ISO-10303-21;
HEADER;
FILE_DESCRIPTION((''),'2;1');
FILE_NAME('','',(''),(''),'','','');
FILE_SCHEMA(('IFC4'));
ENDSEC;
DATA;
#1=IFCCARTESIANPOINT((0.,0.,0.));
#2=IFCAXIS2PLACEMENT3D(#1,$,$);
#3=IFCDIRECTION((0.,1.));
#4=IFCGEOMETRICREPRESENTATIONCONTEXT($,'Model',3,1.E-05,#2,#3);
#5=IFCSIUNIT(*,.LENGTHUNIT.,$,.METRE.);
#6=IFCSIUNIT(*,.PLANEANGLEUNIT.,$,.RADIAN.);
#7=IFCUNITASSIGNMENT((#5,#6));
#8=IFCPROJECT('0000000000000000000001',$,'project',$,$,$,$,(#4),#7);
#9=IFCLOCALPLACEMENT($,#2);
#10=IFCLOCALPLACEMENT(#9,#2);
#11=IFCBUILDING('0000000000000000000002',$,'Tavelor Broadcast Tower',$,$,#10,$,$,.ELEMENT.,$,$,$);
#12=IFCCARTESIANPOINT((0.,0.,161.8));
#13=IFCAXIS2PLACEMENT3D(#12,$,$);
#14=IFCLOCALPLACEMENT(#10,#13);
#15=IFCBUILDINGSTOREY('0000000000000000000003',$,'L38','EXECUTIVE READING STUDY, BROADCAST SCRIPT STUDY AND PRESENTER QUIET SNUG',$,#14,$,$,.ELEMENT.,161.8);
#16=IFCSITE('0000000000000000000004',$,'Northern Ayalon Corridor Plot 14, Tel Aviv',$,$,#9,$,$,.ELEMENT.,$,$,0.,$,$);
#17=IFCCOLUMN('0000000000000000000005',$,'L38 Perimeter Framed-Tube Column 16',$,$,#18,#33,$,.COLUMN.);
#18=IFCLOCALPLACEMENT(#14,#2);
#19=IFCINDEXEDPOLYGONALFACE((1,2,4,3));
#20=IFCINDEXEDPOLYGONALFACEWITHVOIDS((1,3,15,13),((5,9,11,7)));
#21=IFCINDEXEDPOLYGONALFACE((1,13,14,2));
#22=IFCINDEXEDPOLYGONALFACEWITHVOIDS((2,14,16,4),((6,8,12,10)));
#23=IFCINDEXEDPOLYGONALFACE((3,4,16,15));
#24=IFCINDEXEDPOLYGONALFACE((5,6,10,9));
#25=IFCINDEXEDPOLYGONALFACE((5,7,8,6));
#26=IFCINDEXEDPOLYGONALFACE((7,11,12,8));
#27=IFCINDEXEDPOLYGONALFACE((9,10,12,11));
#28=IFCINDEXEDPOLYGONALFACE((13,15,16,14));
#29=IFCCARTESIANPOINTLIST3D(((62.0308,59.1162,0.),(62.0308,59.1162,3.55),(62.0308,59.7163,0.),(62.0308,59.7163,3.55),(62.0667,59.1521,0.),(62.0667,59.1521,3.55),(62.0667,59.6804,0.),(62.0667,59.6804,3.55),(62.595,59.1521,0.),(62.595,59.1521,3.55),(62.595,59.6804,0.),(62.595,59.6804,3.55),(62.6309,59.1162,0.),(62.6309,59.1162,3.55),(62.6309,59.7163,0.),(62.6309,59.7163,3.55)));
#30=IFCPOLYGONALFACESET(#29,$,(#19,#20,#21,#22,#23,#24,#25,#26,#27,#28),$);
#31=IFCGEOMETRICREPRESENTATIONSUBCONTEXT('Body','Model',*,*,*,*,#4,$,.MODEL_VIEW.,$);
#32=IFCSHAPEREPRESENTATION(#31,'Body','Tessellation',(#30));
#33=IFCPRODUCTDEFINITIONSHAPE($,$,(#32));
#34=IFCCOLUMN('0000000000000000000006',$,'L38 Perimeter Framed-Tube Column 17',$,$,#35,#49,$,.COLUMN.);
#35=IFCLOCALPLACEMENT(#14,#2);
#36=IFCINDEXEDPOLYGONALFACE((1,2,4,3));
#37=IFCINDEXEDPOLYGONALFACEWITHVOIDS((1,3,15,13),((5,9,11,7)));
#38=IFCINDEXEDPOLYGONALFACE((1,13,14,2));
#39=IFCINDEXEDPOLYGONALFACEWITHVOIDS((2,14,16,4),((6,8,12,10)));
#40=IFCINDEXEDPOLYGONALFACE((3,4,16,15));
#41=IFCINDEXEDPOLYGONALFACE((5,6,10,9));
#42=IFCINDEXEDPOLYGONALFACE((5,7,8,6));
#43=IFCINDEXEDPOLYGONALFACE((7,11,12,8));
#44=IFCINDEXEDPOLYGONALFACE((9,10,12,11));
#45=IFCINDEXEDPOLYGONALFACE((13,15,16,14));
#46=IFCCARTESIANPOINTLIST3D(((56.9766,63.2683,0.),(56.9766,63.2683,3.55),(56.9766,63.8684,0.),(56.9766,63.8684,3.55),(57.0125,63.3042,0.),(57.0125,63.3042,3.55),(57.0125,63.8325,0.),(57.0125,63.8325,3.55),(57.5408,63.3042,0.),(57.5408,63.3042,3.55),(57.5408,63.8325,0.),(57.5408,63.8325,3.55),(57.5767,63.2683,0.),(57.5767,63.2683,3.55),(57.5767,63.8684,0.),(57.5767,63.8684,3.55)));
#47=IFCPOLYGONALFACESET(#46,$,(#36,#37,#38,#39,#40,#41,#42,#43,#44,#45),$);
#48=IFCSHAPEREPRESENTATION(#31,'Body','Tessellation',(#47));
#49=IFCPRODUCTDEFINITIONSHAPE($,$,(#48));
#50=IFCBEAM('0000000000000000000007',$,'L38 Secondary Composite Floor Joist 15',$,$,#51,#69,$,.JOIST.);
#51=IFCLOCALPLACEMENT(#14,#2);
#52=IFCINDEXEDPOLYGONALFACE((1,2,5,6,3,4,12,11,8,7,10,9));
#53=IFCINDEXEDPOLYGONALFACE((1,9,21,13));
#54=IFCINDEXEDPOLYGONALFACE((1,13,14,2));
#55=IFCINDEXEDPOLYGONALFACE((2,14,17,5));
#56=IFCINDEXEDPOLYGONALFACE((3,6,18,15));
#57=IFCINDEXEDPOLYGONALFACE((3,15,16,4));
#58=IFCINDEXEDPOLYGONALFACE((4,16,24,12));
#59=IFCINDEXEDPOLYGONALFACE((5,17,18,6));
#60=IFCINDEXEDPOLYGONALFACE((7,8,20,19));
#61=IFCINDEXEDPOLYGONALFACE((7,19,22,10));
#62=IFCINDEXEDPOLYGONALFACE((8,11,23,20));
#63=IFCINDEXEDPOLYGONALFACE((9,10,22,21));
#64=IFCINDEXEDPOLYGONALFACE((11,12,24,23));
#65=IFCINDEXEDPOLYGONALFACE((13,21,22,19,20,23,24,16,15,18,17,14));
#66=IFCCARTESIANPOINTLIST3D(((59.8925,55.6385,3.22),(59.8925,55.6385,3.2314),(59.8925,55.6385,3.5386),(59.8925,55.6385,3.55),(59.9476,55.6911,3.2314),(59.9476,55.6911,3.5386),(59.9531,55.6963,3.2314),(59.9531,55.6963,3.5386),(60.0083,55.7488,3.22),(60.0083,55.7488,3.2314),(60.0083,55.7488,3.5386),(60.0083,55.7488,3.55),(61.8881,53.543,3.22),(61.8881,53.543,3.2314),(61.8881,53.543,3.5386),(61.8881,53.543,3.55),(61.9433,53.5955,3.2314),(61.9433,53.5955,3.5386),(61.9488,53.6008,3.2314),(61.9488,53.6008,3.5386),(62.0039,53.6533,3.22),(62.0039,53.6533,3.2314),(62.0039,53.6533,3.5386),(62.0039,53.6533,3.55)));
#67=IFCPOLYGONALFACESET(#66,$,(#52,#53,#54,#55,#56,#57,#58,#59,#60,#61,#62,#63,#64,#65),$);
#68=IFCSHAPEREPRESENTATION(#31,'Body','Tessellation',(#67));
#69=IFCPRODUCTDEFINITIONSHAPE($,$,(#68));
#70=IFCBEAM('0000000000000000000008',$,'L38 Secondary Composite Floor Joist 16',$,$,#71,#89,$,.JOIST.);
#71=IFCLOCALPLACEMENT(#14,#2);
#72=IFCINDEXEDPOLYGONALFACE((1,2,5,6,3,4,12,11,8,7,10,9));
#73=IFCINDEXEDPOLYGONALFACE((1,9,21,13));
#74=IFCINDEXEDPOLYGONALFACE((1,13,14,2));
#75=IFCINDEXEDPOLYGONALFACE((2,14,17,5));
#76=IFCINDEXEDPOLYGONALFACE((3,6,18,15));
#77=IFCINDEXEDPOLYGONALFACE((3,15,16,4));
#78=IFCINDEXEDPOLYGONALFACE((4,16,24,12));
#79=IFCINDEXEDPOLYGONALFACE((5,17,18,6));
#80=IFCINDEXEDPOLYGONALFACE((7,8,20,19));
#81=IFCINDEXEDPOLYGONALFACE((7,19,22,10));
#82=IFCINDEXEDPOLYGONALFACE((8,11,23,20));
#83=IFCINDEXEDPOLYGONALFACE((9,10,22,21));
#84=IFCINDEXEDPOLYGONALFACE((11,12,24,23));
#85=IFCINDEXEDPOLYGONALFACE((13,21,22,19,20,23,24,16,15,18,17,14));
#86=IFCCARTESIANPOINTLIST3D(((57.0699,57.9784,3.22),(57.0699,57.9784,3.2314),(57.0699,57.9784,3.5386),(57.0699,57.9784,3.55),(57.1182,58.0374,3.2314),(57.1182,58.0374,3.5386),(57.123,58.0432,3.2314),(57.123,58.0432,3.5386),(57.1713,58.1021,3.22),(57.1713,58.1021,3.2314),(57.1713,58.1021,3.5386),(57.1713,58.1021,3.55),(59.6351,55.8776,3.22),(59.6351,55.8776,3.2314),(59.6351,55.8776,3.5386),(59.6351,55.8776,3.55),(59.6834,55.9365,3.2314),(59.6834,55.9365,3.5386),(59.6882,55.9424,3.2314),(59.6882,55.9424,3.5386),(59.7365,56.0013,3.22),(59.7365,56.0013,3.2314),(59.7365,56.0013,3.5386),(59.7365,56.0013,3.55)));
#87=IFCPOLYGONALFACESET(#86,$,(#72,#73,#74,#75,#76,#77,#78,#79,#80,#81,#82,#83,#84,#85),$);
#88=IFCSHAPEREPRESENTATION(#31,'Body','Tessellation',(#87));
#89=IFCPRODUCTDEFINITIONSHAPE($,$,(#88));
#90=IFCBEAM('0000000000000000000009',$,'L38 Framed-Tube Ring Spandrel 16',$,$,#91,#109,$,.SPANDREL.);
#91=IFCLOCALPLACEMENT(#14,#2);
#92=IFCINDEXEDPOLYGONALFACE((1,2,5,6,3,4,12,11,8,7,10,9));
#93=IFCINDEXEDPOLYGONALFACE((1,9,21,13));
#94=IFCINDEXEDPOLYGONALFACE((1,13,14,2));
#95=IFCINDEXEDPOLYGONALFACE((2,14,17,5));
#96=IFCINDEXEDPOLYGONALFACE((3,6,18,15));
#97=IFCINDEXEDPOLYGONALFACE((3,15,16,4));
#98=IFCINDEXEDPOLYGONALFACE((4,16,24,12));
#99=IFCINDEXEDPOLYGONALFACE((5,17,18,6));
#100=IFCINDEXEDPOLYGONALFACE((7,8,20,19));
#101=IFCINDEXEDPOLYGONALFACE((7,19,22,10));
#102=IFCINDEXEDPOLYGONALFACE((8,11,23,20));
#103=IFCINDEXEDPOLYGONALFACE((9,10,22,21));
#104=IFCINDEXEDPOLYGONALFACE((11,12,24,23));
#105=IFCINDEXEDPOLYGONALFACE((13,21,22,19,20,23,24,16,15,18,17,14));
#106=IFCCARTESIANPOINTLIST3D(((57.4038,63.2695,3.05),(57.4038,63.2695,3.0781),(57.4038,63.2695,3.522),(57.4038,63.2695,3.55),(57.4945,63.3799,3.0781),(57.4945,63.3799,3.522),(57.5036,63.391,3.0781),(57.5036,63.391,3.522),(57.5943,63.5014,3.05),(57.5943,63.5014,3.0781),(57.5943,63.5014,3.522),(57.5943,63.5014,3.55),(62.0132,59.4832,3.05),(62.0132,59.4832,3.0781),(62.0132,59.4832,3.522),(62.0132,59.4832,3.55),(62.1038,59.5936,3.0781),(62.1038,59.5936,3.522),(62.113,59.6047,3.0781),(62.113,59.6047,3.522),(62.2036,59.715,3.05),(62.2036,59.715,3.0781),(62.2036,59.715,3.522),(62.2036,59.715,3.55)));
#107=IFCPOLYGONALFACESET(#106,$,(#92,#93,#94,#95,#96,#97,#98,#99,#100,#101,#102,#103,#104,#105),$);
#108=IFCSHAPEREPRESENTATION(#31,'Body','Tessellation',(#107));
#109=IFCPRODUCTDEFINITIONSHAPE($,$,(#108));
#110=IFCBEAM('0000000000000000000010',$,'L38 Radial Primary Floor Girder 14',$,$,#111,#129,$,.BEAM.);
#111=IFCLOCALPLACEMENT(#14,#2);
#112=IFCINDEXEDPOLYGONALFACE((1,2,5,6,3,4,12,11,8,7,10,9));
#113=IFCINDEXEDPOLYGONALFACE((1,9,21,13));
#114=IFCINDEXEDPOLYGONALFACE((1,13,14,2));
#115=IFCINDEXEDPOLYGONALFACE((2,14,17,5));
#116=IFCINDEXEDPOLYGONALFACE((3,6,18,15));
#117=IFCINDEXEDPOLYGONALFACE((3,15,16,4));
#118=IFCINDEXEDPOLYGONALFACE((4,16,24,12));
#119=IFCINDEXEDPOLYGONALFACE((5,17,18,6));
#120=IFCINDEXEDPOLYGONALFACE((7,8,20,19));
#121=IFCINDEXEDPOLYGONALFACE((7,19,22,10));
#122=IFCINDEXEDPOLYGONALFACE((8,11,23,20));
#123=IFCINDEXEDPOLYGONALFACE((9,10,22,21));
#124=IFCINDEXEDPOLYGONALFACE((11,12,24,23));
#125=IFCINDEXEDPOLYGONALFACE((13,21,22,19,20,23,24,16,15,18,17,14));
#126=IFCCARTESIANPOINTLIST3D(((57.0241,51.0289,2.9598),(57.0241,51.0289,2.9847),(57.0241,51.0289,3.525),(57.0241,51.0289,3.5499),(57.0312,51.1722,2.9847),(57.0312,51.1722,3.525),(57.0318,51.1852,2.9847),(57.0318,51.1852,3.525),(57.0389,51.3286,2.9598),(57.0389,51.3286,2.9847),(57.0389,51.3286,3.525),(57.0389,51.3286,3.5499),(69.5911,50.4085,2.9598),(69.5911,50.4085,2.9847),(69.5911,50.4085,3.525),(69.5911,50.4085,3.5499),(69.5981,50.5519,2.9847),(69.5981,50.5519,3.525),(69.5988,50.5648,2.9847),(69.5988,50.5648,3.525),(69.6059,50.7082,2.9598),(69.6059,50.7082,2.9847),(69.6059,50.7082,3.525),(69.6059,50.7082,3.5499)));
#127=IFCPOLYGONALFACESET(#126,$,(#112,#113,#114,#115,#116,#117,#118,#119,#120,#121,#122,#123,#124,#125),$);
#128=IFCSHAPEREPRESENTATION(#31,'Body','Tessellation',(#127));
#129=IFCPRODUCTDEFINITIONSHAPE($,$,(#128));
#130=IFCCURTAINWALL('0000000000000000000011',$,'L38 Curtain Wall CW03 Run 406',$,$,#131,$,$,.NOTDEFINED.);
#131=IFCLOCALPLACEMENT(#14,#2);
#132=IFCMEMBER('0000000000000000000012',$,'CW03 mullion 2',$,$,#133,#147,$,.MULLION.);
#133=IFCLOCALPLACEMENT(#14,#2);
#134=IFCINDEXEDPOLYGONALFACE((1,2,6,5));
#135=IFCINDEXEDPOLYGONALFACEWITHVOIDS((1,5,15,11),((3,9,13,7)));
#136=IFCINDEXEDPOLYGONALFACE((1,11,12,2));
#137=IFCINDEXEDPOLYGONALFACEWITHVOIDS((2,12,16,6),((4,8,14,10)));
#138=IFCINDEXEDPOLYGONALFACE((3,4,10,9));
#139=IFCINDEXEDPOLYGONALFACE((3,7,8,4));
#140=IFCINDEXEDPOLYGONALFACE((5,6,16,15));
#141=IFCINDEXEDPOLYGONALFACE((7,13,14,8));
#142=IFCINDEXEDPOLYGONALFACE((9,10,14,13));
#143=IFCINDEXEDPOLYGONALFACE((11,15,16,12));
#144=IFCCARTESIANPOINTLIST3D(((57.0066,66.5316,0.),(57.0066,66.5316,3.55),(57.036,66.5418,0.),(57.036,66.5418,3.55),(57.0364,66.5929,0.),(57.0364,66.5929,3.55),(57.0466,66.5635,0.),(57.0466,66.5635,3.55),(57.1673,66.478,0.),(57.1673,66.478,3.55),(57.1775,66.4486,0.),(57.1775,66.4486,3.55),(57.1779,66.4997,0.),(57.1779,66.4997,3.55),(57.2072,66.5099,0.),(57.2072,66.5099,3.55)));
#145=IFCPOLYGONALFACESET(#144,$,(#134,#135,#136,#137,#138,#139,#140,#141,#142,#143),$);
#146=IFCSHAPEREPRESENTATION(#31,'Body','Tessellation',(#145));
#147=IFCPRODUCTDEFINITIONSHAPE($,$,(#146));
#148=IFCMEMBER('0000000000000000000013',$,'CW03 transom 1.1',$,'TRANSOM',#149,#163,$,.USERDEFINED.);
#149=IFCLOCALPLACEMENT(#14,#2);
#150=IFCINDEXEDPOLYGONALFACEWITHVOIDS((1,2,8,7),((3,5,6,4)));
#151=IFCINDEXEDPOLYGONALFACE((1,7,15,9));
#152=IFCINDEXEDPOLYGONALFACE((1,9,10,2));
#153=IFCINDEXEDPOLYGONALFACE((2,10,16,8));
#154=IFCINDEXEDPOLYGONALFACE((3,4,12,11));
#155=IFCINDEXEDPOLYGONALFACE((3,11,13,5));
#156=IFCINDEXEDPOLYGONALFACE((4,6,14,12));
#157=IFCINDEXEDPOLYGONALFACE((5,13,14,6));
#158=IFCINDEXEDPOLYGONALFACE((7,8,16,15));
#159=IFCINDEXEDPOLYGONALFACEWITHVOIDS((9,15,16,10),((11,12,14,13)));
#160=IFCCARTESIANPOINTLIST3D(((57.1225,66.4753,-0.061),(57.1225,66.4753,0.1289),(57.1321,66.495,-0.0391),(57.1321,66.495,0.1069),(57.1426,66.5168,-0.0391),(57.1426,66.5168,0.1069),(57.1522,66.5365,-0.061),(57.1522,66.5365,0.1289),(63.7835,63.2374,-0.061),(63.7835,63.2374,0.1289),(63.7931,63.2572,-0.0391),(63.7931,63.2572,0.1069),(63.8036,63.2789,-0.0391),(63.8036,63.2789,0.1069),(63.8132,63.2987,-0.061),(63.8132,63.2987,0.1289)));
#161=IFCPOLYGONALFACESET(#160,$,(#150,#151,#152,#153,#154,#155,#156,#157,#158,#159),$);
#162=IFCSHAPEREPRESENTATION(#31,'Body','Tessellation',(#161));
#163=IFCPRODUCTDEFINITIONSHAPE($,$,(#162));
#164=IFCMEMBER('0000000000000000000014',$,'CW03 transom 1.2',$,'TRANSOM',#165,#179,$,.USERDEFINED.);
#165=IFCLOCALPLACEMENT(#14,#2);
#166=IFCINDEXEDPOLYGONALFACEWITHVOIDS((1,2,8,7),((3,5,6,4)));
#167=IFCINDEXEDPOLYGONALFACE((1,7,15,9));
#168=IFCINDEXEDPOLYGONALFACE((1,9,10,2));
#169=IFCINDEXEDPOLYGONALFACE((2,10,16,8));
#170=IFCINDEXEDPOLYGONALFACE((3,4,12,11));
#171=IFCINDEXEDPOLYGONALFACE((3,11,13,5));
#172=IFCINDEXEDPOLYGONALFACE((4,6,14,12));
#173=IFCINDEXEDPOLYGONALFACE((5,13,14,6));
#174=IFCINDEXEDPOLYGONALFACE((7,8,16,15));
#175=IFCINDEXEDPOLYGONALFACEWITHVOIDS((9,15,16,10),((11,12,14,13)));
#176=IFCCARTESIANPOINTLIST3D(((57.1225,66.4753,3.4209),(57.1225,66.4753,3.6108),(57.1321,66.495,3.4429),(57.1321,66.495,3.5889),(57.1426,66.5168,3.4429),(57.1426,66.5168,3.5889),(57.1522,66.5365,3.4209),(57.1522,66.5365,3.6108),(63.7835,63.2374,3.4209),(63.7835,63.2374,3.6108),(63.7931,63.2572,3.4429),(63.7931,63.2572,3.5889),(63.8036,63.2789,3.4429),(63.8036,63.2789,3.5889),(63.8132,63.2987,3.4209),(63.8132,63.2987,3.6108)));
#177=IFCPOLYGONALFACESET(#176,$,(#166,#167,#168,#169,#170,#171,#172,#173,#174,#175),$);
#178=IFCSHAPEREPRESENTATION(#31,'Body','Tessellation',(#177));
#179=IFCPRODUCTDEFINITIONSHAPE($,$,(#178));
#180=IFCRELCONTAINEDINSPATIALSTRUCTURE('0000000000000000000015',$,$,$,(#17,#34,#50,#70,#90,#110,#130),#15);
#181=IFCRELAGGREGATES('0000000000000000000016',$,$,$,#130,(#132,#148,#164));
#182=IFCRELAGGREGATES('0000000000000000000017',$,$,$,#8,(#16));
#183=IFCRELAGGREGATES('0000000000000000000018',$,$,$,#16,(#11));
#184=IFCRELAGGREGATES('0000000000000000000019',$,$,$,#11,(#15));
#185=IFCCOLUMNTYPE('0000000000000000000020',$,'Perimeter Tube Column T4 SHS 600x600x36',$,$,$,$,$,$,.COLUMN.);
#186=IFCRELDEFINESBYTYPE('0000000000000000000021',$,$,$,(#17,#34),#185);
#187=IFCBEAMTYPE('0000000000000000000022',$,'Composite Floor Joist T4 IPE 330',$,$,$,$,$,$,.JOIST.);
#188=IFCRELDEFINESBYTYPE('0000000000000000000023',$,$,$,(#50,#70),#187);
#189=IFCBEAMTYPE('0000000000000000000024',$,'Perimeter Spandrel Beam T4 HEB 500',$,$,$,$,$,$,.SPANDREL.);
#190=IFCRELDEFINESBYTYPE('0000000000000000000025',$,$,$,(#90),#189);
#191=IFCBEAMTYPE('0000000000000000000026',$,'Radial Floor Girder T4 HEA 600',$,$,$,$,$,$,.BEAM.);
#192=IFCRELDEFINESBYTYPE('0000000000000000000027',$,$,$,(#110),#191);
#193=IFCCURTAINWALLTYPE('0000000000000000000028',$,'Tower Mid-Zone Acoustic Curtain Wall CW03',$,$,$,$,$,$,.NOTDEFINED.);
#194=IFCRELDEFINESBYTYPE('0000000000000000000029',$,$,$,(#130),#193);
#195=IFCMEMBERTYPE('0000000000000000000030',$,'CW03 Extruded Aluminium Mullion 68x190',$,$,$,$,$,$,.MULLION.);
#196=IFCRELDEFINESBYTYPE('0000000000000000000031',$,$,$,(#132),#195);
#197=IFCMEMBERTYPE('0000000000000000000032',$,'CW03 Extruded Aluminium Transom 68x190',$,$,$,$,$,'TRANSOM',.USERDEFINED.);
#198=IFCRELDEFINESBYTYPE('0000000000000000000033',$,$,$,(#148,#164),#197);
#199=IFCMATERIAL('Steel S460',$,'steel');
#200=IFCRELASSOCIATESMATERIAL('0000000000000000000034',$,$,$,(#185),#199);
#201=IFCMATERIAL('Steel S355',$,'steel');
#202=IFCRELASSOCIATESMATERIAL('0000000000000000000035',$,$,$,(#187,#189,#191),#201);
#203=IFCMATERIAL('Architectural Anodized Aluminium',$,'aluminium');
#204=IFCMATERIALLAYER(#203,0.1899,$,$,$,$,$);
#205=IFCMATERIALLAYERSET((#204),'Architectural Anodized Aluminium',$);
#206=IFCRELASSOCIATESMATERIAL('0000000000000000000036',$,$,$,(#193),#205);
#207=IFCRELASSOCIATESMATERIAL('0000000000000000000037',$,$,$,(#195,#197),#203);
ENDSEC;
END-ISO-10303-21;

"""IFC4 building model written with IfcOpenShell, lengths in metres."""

from ifc_helpers import new_model, si_unit, direction, frame, origin, origin_2d, place, context, subcontext, project, spatial, hollow_rectangle, i_section, extrude, source, transform, mapped, material, layer, layer_set, material_profile, profile_set, type_object, type_shapes, element, aggregate, save


model = new_model("IFC4")

# Units and contexts
model_context = context("Model", 3, precision=1e-05, world=origin(), true_north=direction((0.0, 1.0)))
body_context = subcontext(model_context, "Body", "Model", "MODEL_VIEW")
ifc_project = project(units=[si_unit("LENGTHUNIT", "METRE"), si_unit("PLANEANGLEUNIT", "RADIAN")], contexts=[model_context])

# Site, building, storey
site_placement = place(None, origin())
site = spatial("IfcSite", under=ifc_project, at=site_placement, Name="Northern Ayalon Corridor Plot 14, Tel Aviv", CompositionType="ELEMENT", RefElevation=0.0)
building_placement = place(site_placement, origin())
building = spatial("IfcBuilding", under=site, at=building_placement, Name="Tavelor Broadcast Tower", CompositionType="ELEMENT")
storey_placement = place(building_placement, frame((0.0, 0.0, 161.8)))
storey = spatial("IfcBuildingStorey", under=building, at=storey_placement, Name="L38", Description="EXECUTIVE READING STUDY, BROADCAST SCRIPT STUDY AND PRESENTER QUIET SNUG", CompositionType="ELEMENT", Elevation=161.8)

# Columns
ifc_material_1 = material(Name="Steel S460", Category="steel")
ifc_material_profile_1 = material_profile(ifc_material_1, hollow_rectangle(XDim=0.6001, YDim=0.6001, WallThickness=0.0359, at=origin_2d()), Name="SHS 600x600x36")
ifc_profile_set_1 = profile_set([ifc_material_profile_1], Name="Steel S460")
column_type = type_object("IfcColumnType", Name="Perimeter Tube Column T4 SHS 600x600x36", PredefinedType="COLUMN", material=ifc_profile_set_1)
for number, where, z_axis, x_axis, name in (
    (1, (62.3308, 59.4163, 0.0), (0.0, 0.0, 1.0), (1.0, 0.0, 0.0), "L38 Perimeter Framed-Tube Column 16"),
    (2, (57.2766, 63.5684, 0.0), (0.0, 0.0, 1.0), (1.0, 0.0, 0.0), "L38 Perimeter Framed-Tube Column 17"),
):
    element("IfcColumn", number, at=place(storey_placement, frame(where, z_axis=z_axis, x_axis=x_axis)), inside=storey, type_object=column_type, Name=name, PredefinedType="COLUMN", context=body_context, shape_type="SweptSolid", body=[
        extrude(hollow_rectangle(XDim=0.6001, YDim=0.6001, WallThickness=0.0359, at=origin_2d()), origin(), (0.0, 0.0, 1.0), 3.55),
    ])

# Beams
ifc_material_2 = material(Name="Steel S355", Category="steel")
ifc_material_profile_2 = material_profile(ifc_material_2, i_section(OverallWidth=0.1599, OverallDepth=0.3301, WebThickness=0.0076, FlangeThickness=0.0115, at=origin_2d()), Name="IPE 330")
ifc_profile_set_2 = profile_set([ifc_material_profile_2], Name="Steel S355")
beam_type_1 = type_object("IfcBeamType", Name="Composite Floor Joist T4 IPE 330", PredefinedType="JOIST", material=ifc_profile_set_2)
beam_1_placement = place(storey_placement, frame((61.946, 53.5981, 3.385), z_axis=(-0.689643, 0.72415, 0.0), x_axis=(-0.72415, -0.689643, 0.0)))
element("IfcBeam", 3, at=beam_1_placement, inside=storey, type_object=beam_type_1, Name="L38 Secondary Composite Floor Joist 15", PredefinedType="JOIST", context=body_context, shape_type="SweptSolid", body=[
    extrude(i_section(OverallWidth=0.1599, OverallDepth=0.3301, WebThickness=0.0076, FlangeThickness=0.0115, at=origin_2d()), origin(), (0.0, 0.0, 1.0), 2.8938),
])
beam_2_placement = place(storey_placement, frame((59.6858, 55.9395, 3.385), z_axis=(-0.773655, 0.633607, 0.0), x_axis=(-0.633607, -0.773655, 0.0)))
element("IfcBeam", 4, at=beam_2_placement, inside=storey, type_object=beam_type_1, Name="L38 Secondary Composite Floor Joist 16", PredefinedType="JOIST", context=body_context, shape_type="SweptSolid", body=[
    extrude(i_section(OverallWidth=0.1599, OverallDepth=0.3301, WebThickness=0.0076, FlangeThickness=0.0115, at=origin_2d()), origin(), (0.0, 0.0, 1.0), 3.3157),
])
ifc_material_profile_3 = material_profile(ifc_material_2, i_section(OverallWidth=0.3, OverallDepth=0.5, WebThickness=0.0144, FlangeThickness=0.0281, at=origin_2d()), Name="HEB 500")
ifc_profile_set_3 = profile_set([ifc_material_profile_3], Name="Steel S355")
beam_type_2 = type_object("IfcBeamType", Name="Perimeter Spandrel Beam T4 HEB 500", PredefinedType="SPANDREL", material=ifc_profile_set_3)
beam_3_placement = place(storey_placement, frame((62.1084, 59.5991, 3.3), z_axis=(-0.772718, 0.63475, 0.0), x_axis=(-0.63475, -0.772718, 0.0)))
element("IfcBeam", 5, at=beam_3_placement, inside=storey, type_object=beam_type_2, Name="L38 Framed-Tube Ring Spandrel 16", PredefinedType="SPANDREL", context=body_context, shape_type="SweptSolid", body=[
    extrude(i_section(OverallWidth=0.3, OverallDepth=0.5, WebThickness=0.0144, FlangeThickness=0.0281, at=origin_2d()), origin(), (0.0, 0.0, 1.0), 5.9651),
])
ifc_material_profile_4 = material_profile(ifc_material_2, i_section(OverallWidth=0.3, OverallDepth=0.5901, WebThickness=0.0129, FlangeThickness=0.0249, at=origin_2d()), Name="HEA 600")
ifc_profile_set_4 = profile_set([ifc_material_profile_4], Name="Steel S355")
beam_type_3 = type_object("IfcBeamType", Name="Radial Floor Girder T4 HEA 600", PredefinedType="BEAM", material=ifc_profile_set_4)
beam_4_placement = place(storey_placement, frame((57.0315, 51.1787, 3.2549), z_axis=(0.998784, -0.049305, 0.0), x_axis=(0.049305, 0.998784, 0.0)))
element("IfcBeam", 6, at=beam_4_placement, inside=storey, type_object=beam_type_3, Name="L38 Radial Primary Floor Girder 14", PredefinedType="BEAM", context=body_context, shape_type="SweptSolid", body=[
    extrude(i_section(OverallWidth=0.3, OverallDepth=0.5901, WebThickness=0.0129, FlangeThickness=0.0249, at=origin_2d()), origin(), (0.0, 0.0, 1.0), 12.5823),
])

# Curtain wall, members
ifc_material_3 = material(Name="Architectural Anodized Aluminium", Category="aluminium")
ifc_layer_1 = layer(ifc_material_3, 0.1899)
ifc_layer_set_1 = layer_set([ifc_layer_1], Name="Architectural Anodized Aluminium")
curtain_wall_type = type_object("IfcCurtainWallType", Name="Tower Mid-Zone Acoustic Curtain Wall CW03", PredefinedType="NOTDEFINED", material=ifc_layer_set_1)
curtain_wall_placement = place(storey_placement, origin())
curtain_wall = element("IfcCurtainWall", 7, at=curtain_wall_placement, inside=storey, type_object=curtain_wall_type, Name="L38 Curtain Wall CW03 Run 406", PredefinedType="NOTDEFINED")
ifc_material_profile_5 = material_profile(ifc_material_3, hollow_rectangle(XDim=0.0681, YDim=0.1899, WallThickness=0.022, at=origin_2d()), Name="RHS 68x190x22")
ifc_profile_set_5 = profile_set([ifc_material_profile_5], Name="Architectural Anodized Aluminium")
member_type_1 = type_object("IfcMemberType", Name="CW03 Extruded Aluminium Mullion 68x190", PredefinedType="MULLION", material=ifc_profile_set_5)
shared_shape_1 = source(origin(), body_context, "Body", "SweptSolid", [
    extrude(hollow_rectangle(XDim=0.0681, YDim=0.1899, WallThickness=0.022, at=origin_2d()), origin(), (0.0, 0.0, 1.0), 3.55),
])
type_shapes(member_type_1, [shared_shape_1])
member_1_placement = place(storey_placement, frame((57.1069, 66.5208, 0.0), z_axis=(0.0, 0.0, 1.0), x_axis=(-0.437178, -0.899375, 0.0)))
member_1 = element("IfcMember", 8, at=member_1_placement, type_object=member_type_1, Name="CW03 mullion 2", PredefinedType="MULLION", context=body_context, shape_type="MappedRepresentation", body=[
    mapped(shared_shape_1, transform((0.0, 0.0, 0.0), scale=1.0)),
])
ifc_material_profile_6 = material_profile(ifc_material_3, hollow_rectangle(XDim=0.0681, YDim=0.1899, WallThickness=0.022, at=origin_2d()), Name="RHS 68x190x22")
ifc_profile_set_6 = profile_set([ifc_material_profile_6], Name="Architectural Anodized Aluminium")
member_type_2 = type_object("IfcMemberType", Name="CW03 Extruded Aluminium Transom 68x190", ElementType="TRANSOM", PredefinedType="USERDEFINED", material=ifc_profile_set_6)
shared_shape_2 = source(origin(), body_context, "Body", "SweptSolid", [
    extrude(hollow_rectangle(XDim=0.0681, YDim=0.1899, WallThickness=0.022, at=origin_2d()), origin(), (0.0, 0.0, 1.0), 7.4062),
])
type_shapes(member_type_2, [shared_shape_2])
member_2_placement = place(storey_placement, frame((63.7983, 63.2681, 0.0339), z_axis=(-0.899375, 0.437178, 0.0), x_axis=(-0.437178, -0.899375, 0.0)))
member_2 = element("IfcMember", 9, at=member_2_placement, type_object=member_type_2, Name="CW03 transom 1.1", ObjectType="TRANSOM", PredefinedType="USERDEFINED", context=body_context, shape_type="MappedRepresentation", body=[
    mapped(shared_shape_2, transform((0.0, 0.0, 0.0), scale=1.0)),
])
member_3_placement = place(storey_placement, frame((63.7983, 63.2681, 3.5159), z_axis=(-0.899375, 0.437178, 0.0), x_axis=(-0.437178, -0.899375, 0.0)))
member_3 = element("IfcMember", 10, at=member_3_placement, type_object=member_type_2, Name="CW03 transom 1.2", ObjectType="TRANSOM", PredefinedType="USERDEFINED", context=body_context, shape_type="MappedRepresentation", body=[
    mapped(shared_shape_2, transform((0.0, 0.0, 0.0), scale=1.0)),
])

aggregate(curtain_wall, [member_1, member_2, member_3])

save(model, "model.ifc")
